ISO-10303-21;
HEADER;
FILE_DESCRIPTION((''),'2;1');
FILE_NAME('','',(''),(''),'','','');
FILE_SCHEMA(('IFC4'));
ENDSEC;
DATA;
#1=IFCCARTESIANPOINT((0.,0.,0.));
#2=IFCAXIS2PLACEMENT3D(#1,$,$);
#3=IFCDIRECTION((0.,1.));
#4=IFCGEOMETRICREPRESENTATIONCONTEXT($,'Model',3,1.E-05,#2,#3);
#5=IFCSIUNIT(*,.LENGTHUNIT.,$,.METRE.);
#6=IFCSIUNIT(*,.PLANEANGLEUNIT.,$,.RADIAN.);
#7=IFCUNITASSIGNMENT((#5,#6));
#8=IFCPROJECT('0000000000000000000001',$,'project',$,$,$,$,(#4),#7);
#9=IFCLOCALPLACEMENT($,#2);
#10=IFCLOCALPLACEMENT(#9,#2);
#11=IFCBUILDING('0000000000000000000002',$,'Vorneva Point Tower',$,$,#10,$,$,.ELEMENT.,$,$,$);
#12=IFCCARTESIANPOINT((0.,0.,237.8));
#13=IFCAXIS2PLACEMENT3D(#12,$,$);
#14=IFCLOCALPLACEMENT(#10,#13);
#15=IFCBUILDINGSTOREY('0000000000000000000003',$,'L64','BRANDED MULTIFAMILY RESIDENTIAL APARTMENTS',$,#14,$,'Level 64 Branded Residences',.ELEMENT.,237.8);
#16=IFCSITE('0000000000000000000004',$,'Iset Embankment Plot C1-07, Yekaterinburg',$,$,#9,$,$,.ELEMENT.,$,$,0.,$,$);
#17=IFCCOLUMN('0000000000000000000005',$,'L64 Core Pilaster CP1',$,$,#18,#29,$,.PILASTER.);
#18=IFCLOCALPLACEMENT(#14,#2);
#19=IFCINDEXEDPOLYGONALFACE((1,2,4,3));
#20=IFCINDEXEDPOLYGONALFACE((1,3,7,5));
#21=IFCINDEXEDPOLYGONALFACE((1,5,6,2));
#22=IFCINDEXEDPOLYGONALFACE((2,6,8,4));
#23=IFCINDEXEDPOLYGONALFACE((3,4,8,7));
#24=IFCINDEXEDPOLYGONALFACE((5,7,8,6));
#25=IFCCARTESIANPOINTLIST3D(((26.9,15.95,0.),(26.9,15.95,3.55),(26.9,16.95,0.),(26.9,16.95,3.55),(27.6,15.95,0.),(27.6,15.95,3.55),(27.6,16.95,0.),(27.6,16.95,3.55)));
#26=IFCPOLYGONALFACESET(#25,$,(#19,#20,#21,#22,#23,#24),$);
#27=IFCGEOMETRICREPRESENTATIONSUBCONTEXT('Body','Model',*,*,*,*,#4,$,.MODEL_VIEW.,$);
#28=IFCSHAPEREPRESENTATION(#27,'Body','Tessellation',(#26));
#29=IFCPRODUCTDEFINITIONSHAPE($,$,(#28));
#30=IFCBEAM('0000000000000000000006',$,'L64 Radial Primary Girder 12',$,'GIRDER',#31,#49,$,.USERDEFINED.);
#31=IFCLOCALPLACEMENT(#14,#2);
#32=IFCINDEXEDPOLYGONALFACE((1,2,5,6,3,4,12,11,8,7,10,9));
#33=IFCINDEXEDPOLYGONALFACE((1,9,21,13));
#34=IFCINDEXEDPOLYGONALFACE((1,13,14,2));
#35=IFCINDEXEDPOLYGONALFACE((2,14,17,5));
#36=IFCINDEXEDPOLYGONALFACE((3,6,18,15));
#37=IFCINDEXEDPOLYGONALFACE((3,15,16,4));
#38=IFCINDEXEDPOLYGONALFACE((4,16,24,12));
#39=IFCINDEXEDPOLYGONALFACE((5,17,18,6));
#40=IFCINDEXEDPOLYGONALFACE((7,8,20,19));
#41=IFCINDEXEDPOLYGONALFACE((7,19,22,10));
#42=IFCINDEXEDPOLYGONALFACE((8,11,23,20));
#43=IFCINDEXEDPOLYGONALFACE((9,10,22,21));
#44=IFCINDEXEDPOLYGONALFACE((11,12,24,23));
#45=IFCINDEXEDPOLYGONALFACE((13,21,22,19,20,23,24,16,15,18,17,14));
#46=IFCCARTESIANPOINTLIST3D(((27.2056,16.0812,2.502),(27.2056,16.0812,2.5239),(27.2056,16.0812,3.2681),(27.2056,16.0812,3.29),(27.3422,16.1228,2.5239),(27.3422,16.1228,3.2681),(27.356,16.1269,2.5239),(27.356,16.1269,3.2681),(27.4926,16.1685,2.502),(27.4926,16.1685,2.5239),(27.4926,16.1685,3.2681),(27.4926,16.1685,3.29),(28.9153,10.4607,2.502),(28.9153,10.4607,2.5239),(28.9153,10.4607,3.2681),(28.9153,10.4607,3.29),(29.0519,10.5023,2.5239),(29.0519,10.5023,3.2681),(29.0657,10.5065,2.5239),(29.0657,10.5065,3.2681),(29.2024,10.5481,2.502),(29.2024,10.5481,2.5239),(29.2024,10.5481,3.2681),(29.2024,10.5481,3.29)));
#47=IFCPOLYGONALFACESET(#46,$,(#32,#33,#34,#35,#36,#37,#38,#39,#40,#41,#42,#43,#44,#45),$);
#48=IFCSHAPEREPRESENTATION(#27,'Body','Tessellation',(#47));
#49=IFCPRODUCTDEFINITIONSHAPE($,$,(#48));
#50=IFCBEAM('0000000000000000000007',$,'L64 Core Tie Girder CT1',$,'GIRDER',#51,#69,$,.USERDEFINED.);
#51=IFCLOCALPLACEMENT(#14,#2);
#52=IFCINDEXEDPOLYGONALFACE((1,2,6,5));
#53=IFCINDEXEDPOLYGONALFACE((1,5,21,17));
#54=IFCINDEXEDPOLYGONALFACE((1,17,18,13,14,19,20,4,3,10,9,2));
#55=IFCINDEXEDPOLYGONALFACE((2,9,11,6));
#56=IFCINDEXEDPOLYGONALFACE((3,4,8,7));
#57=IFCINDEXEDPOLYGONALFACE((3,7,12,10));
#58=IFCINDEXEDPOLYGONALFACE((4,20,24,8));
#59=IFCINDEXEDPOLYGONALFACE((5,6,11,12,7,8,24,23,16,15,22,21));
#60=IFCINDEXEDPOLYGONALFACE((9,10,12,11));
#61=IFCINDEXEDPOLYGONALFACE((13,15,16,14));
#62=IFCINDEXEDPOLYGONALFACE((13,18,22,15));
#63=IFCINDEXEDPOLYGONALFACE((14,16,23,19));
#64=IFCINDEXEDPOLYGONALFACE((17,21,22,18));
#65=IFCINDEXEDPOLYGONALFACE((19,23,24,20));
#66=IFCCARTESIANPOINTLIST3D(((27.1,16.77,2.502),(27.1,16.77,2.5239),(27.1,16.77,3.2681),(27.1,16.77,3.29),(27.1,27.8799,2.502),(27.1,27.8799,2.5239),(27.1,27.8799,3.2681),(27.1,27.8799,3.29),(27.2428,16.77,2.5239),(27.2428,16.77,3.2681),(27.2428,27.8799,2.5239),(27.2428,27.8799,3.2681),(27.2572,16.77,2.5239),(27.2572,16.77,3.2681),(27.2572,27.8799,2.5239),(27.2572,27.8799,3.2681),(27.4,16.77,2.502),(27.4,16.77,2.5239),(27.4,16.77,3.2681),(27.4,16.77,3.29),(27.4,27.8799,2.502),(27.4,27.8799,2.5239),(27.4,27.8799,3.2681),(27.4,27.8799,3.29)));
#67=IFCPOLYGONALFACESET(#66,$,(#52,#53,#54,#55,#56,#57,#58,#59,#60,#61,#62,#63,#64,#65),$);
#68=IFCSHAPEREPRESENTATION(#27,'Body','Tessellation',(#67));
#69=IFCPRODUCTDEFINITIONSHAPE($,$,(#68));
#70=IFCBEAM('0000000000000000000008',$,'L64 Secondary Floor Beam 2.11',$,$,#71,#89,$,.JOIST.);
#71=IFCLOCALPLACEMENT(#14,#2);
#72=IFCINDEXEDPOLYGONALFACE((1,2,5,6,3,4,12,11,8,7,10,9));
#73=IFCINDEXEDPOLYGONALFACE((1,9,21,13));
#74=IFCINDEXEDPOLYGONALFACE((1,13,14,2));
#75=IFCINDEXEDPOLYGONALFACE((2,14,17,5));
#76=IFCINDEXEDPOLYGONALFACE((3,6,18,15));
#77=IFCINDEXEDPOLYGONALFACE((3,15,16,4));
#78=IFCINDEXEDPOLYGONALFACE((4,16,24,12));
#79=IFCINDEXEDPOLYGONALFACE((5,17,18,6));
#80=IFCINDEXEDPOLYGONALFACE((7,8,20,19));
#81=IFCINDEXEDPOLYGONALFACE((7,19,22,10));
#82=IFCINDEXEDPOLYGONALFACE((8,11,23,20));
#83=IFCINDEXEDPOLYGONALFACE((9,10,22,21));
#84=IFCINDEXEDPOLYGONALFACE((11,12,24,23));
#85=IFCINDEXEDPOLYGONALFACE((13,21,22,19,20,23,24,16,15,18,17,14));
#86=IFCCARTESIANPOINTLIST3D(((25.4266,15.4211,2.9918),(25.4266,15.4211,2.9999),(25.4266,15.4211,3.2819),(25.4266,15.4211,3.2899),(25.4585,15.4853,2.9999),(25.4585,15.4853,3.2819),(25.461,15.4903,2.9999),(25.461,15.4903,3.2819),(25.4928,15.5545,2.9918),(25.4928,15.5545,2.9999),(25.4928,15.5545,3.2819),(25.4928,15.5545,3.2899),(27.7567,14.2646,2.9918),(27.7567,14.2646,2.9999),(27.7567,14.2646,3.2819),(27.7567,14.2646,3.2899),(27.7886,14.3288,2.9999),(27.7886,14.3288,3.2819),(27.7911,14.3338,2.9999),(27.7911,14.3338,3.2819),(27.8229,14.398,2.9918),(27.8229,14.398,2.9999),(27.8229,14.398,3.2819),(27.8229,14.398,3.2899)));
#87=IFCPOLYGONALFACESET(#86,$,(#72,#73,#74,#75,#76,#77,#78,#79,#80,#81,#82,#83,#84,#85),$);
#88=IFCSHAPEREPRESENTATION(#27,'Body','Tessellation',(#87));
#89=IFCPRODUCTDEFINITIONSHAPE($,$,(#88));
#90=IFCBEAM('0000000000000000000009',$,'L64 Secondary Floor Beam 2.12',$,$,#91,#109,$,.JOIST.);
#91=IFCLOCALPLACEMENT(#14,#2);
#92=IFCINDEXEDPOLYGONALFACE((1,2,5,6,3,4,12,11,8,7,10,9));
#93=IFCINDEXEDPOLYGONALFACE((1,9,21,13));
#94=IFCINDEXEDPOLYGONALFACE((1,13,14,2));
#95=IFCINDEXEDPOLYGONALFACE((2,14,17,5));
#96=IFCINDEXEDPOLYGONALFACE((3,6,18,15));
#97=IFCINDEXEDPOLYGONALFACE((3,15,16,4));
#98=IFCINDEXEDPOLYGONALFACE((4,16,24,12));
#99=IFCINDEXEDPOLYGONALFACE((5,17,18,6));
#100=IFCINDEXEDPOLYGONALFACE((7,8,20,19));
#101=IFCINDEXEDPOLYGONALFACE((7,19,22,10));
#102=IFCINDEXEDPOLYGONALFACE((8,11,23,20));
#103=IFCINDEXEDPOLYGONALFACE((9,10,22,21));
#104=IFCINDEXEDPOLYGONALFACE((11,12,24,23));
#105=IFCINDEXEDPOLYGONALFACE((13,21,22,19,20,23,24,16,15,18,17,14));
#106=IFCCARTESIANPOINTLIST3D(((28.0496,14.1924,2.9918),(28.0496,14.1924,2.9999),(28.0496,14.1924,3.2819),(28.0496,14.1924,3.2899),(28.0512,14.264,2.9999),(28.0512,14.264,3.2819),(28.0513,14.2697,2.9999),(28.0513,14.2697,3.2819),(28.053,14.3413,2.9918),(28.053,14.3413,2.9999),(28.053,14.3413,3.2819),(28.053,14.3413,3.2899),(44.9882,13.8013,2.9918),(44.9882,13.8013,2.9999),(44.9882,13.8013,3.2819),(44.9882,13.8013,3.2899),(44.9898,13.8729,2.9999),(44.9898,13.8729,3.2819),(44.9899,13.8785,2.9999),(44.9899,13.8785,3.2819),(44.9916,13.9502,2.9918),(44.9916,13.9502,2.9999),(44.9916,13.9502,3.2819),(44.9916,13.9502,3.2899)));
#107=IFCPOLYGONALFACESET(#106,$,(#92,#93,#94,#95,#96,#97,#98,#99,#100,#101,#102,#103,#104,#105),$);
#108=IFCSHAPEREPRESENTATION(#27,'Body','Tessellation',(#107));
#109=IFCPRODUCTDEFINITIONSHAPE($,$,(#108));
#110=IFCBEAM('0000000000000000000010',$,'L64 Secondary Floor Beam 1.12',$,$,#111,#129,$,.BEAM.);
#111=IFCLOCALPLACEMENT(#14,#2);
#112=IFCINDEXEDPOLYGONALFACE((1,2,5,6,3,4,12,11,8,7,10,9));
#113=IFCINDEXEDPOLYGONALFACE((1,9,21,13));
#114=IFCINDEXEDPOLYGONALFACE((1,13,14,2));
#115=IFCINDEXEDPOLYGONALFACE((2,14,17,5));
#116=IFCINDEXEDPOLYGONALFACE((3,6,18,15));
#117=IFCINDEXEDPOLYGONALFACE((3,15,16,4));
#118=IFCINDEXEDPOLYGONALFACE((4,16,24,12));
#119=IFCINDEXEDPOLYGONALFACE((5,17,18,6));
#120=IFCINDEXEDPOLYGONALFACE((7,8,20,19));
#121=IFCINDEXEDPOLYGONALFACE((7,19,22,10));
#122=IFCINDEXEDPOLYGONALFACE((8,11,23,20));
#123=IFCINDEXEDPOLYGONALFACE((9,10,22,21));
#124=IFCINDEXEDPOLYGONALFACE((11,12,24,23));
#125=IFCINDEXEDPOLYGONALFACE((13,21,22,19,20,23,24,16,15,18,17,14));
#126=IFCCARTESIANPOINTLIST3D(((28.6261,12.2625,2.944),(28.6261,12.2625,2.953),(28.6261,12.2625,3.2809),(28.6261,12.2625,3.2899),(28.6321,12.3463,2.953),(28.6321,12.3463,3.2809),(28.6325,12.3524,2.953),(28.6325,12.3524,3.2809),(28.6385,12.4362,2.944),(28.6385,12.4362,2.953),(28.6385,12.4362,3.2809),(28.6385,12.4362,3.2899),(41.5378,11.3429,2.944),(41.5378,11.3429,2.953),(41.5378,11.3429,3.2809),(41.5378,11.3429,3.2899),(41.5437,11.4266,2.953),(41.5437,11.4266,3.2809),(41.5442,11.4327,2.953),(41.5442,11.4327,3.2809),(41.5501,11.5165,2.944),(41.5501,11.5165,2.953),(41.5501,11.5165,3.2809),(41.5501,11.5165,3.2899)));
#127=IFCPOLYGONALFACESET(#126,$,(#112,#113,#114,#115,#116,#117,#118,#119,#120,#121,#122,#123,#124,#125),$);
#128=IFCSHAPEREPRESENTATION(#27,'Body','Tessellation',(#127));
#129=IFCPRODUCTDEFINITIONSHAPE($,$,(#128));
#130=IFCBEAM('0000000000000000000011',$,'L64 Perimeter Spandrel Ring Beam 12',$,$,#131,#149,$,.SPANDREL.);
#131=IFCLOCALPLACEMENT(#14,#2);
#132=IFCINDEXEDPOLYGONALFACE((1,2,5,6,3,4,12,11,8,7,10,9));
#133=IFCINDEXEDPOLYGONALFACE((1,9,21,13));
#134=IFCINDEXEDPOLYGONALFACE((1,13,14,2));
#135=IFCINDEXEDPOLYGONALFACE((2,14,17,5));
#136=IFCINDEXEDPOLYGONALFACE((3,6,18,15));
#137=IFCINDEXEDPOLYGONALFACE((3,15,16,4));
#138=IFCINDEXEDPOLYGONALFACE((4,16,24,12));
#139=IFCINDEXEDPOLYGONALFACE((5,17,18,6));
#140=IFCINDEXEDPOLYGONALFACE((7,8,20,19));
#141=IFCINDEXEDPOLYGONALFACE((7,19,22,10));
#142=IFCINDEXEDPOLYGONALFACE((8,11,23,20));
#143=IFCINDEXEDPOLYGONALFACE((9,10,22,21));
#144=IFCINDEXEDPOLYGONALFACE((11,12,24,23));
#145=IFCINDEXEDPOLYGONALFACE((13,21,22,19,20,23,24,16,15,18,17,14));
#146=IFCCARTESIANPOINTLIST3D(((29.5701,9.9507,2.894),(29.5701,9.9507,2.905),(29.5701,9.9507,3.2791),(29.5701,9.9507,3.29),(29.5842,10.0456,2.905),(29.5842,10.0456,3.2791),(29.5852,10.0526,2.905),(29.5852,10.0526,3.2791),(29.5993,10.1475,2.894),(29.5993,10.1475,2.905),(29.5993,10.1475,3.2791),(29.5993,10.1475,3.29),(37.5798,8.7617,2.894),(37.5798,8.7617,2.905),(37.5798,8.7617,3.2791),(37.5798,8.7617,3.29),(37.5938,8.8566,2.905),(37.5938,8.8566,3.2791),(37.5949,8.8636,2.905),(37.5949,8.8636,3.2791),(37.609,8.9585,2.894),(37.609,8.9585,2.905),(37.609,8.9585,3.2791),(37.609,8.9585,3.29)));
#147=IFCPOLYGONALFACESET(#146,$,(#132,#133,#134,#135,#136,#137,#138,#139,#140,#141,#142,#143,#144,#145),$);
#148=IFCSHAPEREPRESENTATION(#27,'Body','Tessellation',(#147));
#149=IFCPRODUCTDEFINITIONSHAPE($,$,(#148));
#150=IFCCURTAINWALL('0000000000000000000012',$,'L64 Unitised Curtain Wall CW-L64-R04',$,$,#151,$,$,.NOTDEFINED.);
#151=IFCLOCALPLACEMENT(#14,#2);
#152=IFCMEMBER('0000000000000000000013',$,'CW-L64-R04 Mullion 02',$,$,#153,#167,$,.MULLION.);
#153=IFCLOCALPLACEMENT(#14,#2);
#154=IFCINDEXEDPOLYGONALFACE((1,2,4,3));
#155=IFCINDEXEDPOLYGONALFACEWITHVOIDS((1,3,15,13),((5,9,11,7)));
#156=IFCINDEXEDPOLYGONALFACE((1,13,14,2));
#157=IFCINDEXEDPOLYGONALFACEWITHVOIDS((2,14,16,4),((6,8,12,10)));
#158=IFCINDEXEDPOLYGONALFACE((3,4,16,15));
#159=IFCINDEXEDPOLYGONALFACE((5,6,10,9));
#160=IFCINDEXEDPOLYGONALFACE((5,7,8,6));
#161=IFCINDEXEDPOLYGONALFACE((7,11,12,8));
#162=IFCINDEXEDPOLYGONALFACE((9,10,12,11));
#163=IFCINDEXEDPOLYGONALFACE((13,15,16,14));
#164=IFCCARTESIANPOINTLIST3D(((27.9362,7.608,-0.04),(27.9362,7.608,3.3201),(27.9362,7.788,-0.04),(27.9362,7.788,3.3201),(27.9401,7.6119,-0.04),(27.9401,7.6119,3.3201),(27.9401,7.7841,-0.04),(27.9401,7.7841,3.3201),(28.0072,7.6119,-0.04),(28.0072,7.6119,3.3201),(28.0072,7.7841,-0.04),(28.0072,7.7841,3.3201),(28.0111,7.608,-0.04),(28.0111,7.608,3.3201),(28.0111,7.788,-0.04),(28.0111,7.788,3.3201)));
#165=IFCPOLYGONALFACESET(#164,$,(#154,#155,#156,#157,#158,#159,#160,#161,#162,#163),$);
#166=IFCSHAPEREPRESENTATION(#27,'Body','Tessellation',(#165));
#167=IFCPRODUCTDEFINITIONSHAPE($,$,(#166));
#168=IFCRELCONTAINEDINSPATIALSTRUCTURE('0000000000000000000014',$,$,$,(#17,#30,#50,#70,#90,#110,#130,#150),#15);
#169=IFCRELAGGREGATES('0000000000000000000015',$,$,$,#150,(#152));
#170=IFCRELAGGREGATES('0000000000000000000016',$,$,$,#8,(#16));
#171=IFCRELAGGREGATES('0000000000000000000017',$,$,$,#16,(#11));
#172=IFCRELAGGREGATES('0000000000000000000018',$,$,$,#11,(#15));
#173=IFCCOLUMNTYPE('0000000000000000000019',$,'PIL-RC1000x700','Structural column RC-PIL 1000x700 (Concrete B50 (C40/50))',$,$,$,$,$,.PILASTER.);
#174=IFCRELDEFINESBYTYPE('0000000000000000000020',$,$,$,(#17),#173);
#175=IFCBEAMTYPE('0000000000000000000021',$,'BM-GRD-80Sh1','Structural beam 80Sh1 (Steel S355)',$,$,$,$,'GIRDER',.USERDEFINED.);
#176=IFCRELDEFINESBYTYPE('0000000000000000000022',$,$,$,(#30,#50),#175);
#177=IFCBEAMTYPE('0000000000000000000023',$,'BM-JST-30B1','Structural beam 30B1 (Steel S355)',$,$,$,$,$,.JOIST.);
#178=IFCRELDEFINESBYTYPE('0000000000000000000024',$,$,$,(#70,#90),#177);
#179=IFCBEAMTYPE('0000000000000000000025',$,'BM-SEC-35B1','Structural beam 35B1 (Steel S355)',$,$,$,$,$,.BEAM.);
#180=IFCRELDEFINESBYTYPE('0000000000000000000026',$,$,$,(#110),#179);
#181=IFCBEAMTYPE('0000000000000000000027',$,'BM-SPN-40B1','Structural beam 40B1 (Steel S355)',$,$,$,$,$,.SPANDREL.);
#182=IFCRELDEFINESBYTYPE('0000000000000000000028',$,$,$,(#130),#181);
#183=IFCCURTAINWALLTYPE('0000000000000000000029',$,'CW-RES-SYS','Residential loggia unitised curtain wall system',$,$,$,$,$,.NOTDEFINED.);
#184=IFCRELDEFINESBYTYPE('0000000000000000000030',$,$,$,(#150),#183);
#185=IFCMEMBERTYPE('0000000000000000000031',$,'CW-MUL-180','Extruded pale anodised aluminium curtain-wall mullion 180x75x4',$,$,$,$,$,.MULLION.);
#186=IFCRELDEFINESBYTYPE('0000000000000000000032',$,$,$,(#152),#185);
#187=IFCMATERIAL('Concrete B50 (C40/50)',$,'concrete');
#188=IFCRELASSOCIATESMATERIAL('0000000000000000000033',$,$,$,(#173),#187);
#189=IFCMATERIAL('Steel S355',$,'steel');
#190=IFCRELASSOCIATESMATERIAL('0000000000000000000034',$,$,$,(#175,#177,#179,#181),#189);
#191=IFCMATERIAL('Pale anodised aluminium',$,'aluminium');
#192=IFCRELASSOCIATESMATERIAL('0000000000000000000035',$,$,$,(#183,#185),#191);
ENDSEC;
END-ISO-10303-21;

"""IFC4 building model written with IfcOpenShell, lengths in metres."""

from ifc_helpers import new_model, si_unit, direction, frame, origin, origin_2d, place, context, subcontext, project, spatial, rectangle, hollow_rectangle, i_section, extrude, material, material_profile, profile_set, type_object, element, aggregate, save


model = new_model("IFC4")

# Units and contexts
model_context = context("Model", 3, precision=1e-05, world=origin(), true_north=direction((0.0, 1.0)))
body_context = subcontext(model_context, "Body", "Model", "MODEL_VIEW")
ifc_project = project(units=[si_unit("LENGTHUNIT", "METRE"), si_unit("PLANEANGLEUNIT", "RADIAN")], contexts=[model_context])

# Site, building, storey
site_placement = place(None, origin())
site = spatial("IfcSite", under=ifc_project, at=site_placement, Name="Iset Embankment Plot C1-07, Yekaterinburg", CompositionType="ELEMENT", RefElevation=0.0)
building_placement = place(site_placement, origin())
building = spatial("IfcBuilding", under=site, at=building_placement, Name="Vorneva Point Tower", CompositionType="ELEMENT")
storey_placement = place(building_placement, frame((0.0, 0.0, 237.8)))
storey = spatial("IfcBuildingStorey", under=building, at=storey_placement, Name="L64", Description="BRANDED MULTIFAMILY RESIDENTIAL APARTMENTS", LongName="Level 64 Branded Residences", CompositionType="ELEMENT", Elevation=237.8)

# Column
ifc_material_1 = material(Name="Concrete B50 (C40/50)", Category="concrete")
ifc_material_profile_1 = material_profile(ifc_material_1, rectangle(XDim=0.7, YDim=1.0, at=origin_2d()), Name="RC-PIL 1000x700")
ifc_profile_set_1 = profile_set([ifc_material_profile_1], Name="Concrete B50 (C40/50)")
column_type_1 = type_object("IfcColumnType", Name="PIL-RC1000x700", Description="Structural column RC-PIL 1000x700 (Concrete B50 (C40/50))", PredefinedType="PILASTER", material=ifc_profile_set_1)
column_1_placement = place(storey_placement, frame((27.25, 16.45, 0.0), z_axis=(0.0, 0.0, 1.0), x_axis=(1.0, 0.0, 0.0)))
element("IfcColumn", 1, at=column_1_placement, inside=storey, type_object=column_type_1, Name="L64 Core Pilaster CP1", PredefinedType="PILASTER", context=body_context, shape_type="SweptSolid", body=[
    extrude(rectangle(XDim=0.7, YDim=1.0, at=origin_2d()), origin(), (0.0, 0.0, 1.0), 3.55),
])

# Beams
ifc_material_2 = material(Name="Steel S355", Category="steel")
ifc_material_profile_2 = material_profile(ifc_material_2, i_section(OverallWidth=0.3, OverallDepth=0.7881, WebThickness=0.0144, FlangeThickness=0.022, at=origin_2d()), Name="80Sh1")
ifc_profile_set_2 = profile_set([ifc_material_profile_2], Name="Steel S355")
beam_type_1 = type_object("IfcBeamType", Name="BM-GRD-80Sh1", Description="Structural beam 80Sh1 (Steel S355)", ElementType="GIRDER", PredefinedType="USERDEFINED", material=ifc_profile_set_2)
beam_1_placement = place(storey_placement, frame((29.0588, 10.5044, 2.896), z_axis=(-0.291033, 0.956713, 0.0), x_axis=(-0.956713, -0.291033, 0.0)))
element("IfcBeam", 2, at=beam_1_placement, inside=storey, type_object=beam_type_1, Name="L64 Radial Primary Girder 12", ObjectType="GIRDER", PredefinedType="USERDEFINED", context=body_context, shape_type="SweptSolid", body=[
    extrude(i_section(OverallWidth=0.3, OverallDepth=0.7881, WebThickness=0.0144, FlangeThickness=0.022, at=origin_2d()), origin(), (0.0, 0.0, 1.0), 5.8748),
])
beam_2_placement = place(storey_placement, frame((27.25, 16.77, 2.896), z_axis=(0.0, 1.0, 0.0), x_axis=(-1.0, 0.0, 0.0)))
element("IfcBeam", 3, at=beam_2_placement, inside=storey, type_object=beam_type_1, Name="L64 Core Tie Girder CT1", ObjectType="GIRDER", PredefinedType="USERDEFINED", context=body_context, shape_type="SweptSolid", body=[
    extrude(i_section(OverallWidth=0.3, OverallDepth=0.7881, WebThickness=0.0144, FlangeThickness=0.022, at=origin_2d()), origin(), (0.0, 0.0, 1.0), 11.1099),
])
ifc_material_profile_3 = material_profile(ifc_material_2, i_section(OverallWidth=0.1489, OverallDepth=0.2981, WebThickness=0.0056, FlangeThickness=0.0081, at=origin_2d()), Name="30B1")
ifc_profile_set_3 = profile_set([ifc_material_profile_3], Name="Steel S355")
beam_type_2 = type_object("IfcBeamType", Name="BM-JST-30B1", Description="Structural beam 30B1 (Steel S355)", PredefinedType="JOIST", material=ifc_profile_set_3)
beam_3_placement = place(storey_placement, frame((25.4597, 15.4878, 3.1409), z_axis=(0.895737, -0.444584, 0.0), x_axis=(0.444584, 0.895737, 0.0)))
element("IfcBeam", 4, at=beam_3_placement, inside=storey, type_object=beam_type_2, Name="L64 Secondary Floor Beam 2.11", PredefinedType="JOIST", context=body_context, shape_type="SweptSolid", body=[
    extrude(i_section(OverallWidth=0.1489, OverallDepth=0.2981, WebThickness=0.0056, FlangeThickness=0.0081, at=origin_2d()), origin(), (0.0, 0.0, 1.0), 2.6013),
])
beam_4_placement = place(storey_placement, frame((28.0513, 14.2668, 3.1409), z_axis=(0.999734, -0.023084, 0.0), x_axis=(0.023084, 0.999734, 0.0)))
element("IfcBeam", 5, at=beam_4_placement, inside=storey, type_object=beam_type_2, Name="L64 Secondary Floor Beam 2.12", PredefinedType="JOIST", context=body_context, shape_type="SweptSolid", body=[
    extrude(i_section(OverallWidth=0.1489, OverallDepth=0.2981, WebThickness=0.0056, FlangeThickness=0.0081, at=origin_2d()), origin(), (0.0, 0.0, 1.0), 16.9431),
])
ifc_material_profile_4 = material_profile(ifc_material_2, i_section(OverallWidth=0.1741, OverallDepth=0.3459, WebThickness=0.0061, FlangeThickness=0.009, at=origin_2d()), Name="35B1")
ifc_profile_set_4 = profile_set([ifc_material_profile_4], Name="Steel S355")
beam_type_3 = type_object("IfcBeamType", Name="BM-SEC-35B1", Description="Structural beam 35B1 (Steel S355)", PredefinedType="BEAM", material=ifc_profile_set_4)
beam_5_placement = place(storey_placement, frame((28.6323, 12.3494, 3.1169), z_axis=(0.997473, -0.071049, 0.0), x_axis=(0.071049, 0.997473, 0.0)))
element("IfcBeam", 6, at=beam_5_placement, inside=storey, type_object=beam_type_3, Name="L64 Secondary Floor Beam 1.12", PredefinedType="BEAM", context=body_context, shape_type="SweptSolid", body=[
    extrude(i_section(OverallWidth=0.1741, OverallDepth=0.3459, WebThickness=0.0061, FlangeThickness=0.009, at=origin_2d()), origin(), (0.0, 0.0, 1.0), 12.9443),
])
ifc_material_profile_5 = material_profile(ifc_material_2, i_section(OverallWidth=0.199, OverallDepth=0.396, WebThickness=0.0071, FlangeThickness=0.011, at=origin_2d()), Name="40B1")
ifc_profile_set_5 = profile_set([ifc_material_profile_5], Name="Steel S355")
beam_type_4 = type_object("IfcBeamType", Name="BM-SPN-40B1", Description="Structural beam 40B1 (Steel S355)", PredefinedType="SPANDREL", material=ifc_profile_set_5)
beam_6_placement = place(storey_placement, frame((29.5847, 10.0491, 3.092), z_axis=(0.989162, -0.146831, 0.0), x_axis=(0.146831, 0.989162, 0.0)))
element("IfcBeam", 7, at=beam_6_placement, inside=storey, type_object=beam_type_4, Name="L64 Perimeter Spandrel Ring Beam 12", PredefinedType="SPANDREL", context=body_context, shape_type="SweptSolid", body=[
    extrude(i_section(OverallWidth=0.199, OverallDepth=0.396, WebThickness=0.0071, FlangeThickness=0.011, at=origin_2d()), origin(), (0.0, 0.0, 1.0), 8.0974),
])

# Curtain wall, member
ifc_material_3 = material(Name="Pale anodised aluminium", Category="aluminium")
curtain_wall_type = type_object("IfcCurtainWallType", Name="CW-RES-SYS", Description="Residential loggia unitised curtain wall system", PredefinedType="NOTDEFINED", material=ifc_material_3)
curtain_wall_placement = place(storey_placement, origin())
curtain_wall = element("IfcCurtainWall", 8, at=curtain_wall_placement, inside=storey, type_object=curtain_wall_type, Name="L64 Unitised Curtain Wall CW-L64-R04", PredefinedType="NOTDEFINED")
ifc_material_profile_6 = material_profile(ifc_material_3, hollow_rectangle(XDim=0.075, YDim=0.1799, WallThickness=0.0039, at=origin_2d()), Name="AL-MUL 180x75x4")
ifc_profile_set_6 = profile_set([ifc_material_profile_6], Name="Pale anodised aluminium")
member_type_1 = type_object("IfcMemberType", Name="CW-MUL-180", Description="Extruded pale anodised aluminium curtain-wall mullion 180x75x4", PredefinedType="MULLION", material=ifc_profile_set_6)
member_1_placement = place(storey_placement, frame((27.9736, 7.698, -0.04), z_axis=(0.0, 0.0, 1.0), x_axis=(1.0, 0.0, 0.0)))
member_1 = element("IfcMember", 9, at=member_1_placement, type_object=member_type_1, Name="CW-L64-R04 Mullion 02", PredefinedType="MULLION", context=body_context, shape_type="SweptSolid", body=[
    extrude(hollow_rectangle(XDim=0.075, YDim=0.1799, WallThickness=0.0039, at=origin_2d()), origin(), (0.0, 0.0, 1.0), 3.3601),
])
aggregate(curtain_wall, [member_1])

save(model, "model.ifc")
